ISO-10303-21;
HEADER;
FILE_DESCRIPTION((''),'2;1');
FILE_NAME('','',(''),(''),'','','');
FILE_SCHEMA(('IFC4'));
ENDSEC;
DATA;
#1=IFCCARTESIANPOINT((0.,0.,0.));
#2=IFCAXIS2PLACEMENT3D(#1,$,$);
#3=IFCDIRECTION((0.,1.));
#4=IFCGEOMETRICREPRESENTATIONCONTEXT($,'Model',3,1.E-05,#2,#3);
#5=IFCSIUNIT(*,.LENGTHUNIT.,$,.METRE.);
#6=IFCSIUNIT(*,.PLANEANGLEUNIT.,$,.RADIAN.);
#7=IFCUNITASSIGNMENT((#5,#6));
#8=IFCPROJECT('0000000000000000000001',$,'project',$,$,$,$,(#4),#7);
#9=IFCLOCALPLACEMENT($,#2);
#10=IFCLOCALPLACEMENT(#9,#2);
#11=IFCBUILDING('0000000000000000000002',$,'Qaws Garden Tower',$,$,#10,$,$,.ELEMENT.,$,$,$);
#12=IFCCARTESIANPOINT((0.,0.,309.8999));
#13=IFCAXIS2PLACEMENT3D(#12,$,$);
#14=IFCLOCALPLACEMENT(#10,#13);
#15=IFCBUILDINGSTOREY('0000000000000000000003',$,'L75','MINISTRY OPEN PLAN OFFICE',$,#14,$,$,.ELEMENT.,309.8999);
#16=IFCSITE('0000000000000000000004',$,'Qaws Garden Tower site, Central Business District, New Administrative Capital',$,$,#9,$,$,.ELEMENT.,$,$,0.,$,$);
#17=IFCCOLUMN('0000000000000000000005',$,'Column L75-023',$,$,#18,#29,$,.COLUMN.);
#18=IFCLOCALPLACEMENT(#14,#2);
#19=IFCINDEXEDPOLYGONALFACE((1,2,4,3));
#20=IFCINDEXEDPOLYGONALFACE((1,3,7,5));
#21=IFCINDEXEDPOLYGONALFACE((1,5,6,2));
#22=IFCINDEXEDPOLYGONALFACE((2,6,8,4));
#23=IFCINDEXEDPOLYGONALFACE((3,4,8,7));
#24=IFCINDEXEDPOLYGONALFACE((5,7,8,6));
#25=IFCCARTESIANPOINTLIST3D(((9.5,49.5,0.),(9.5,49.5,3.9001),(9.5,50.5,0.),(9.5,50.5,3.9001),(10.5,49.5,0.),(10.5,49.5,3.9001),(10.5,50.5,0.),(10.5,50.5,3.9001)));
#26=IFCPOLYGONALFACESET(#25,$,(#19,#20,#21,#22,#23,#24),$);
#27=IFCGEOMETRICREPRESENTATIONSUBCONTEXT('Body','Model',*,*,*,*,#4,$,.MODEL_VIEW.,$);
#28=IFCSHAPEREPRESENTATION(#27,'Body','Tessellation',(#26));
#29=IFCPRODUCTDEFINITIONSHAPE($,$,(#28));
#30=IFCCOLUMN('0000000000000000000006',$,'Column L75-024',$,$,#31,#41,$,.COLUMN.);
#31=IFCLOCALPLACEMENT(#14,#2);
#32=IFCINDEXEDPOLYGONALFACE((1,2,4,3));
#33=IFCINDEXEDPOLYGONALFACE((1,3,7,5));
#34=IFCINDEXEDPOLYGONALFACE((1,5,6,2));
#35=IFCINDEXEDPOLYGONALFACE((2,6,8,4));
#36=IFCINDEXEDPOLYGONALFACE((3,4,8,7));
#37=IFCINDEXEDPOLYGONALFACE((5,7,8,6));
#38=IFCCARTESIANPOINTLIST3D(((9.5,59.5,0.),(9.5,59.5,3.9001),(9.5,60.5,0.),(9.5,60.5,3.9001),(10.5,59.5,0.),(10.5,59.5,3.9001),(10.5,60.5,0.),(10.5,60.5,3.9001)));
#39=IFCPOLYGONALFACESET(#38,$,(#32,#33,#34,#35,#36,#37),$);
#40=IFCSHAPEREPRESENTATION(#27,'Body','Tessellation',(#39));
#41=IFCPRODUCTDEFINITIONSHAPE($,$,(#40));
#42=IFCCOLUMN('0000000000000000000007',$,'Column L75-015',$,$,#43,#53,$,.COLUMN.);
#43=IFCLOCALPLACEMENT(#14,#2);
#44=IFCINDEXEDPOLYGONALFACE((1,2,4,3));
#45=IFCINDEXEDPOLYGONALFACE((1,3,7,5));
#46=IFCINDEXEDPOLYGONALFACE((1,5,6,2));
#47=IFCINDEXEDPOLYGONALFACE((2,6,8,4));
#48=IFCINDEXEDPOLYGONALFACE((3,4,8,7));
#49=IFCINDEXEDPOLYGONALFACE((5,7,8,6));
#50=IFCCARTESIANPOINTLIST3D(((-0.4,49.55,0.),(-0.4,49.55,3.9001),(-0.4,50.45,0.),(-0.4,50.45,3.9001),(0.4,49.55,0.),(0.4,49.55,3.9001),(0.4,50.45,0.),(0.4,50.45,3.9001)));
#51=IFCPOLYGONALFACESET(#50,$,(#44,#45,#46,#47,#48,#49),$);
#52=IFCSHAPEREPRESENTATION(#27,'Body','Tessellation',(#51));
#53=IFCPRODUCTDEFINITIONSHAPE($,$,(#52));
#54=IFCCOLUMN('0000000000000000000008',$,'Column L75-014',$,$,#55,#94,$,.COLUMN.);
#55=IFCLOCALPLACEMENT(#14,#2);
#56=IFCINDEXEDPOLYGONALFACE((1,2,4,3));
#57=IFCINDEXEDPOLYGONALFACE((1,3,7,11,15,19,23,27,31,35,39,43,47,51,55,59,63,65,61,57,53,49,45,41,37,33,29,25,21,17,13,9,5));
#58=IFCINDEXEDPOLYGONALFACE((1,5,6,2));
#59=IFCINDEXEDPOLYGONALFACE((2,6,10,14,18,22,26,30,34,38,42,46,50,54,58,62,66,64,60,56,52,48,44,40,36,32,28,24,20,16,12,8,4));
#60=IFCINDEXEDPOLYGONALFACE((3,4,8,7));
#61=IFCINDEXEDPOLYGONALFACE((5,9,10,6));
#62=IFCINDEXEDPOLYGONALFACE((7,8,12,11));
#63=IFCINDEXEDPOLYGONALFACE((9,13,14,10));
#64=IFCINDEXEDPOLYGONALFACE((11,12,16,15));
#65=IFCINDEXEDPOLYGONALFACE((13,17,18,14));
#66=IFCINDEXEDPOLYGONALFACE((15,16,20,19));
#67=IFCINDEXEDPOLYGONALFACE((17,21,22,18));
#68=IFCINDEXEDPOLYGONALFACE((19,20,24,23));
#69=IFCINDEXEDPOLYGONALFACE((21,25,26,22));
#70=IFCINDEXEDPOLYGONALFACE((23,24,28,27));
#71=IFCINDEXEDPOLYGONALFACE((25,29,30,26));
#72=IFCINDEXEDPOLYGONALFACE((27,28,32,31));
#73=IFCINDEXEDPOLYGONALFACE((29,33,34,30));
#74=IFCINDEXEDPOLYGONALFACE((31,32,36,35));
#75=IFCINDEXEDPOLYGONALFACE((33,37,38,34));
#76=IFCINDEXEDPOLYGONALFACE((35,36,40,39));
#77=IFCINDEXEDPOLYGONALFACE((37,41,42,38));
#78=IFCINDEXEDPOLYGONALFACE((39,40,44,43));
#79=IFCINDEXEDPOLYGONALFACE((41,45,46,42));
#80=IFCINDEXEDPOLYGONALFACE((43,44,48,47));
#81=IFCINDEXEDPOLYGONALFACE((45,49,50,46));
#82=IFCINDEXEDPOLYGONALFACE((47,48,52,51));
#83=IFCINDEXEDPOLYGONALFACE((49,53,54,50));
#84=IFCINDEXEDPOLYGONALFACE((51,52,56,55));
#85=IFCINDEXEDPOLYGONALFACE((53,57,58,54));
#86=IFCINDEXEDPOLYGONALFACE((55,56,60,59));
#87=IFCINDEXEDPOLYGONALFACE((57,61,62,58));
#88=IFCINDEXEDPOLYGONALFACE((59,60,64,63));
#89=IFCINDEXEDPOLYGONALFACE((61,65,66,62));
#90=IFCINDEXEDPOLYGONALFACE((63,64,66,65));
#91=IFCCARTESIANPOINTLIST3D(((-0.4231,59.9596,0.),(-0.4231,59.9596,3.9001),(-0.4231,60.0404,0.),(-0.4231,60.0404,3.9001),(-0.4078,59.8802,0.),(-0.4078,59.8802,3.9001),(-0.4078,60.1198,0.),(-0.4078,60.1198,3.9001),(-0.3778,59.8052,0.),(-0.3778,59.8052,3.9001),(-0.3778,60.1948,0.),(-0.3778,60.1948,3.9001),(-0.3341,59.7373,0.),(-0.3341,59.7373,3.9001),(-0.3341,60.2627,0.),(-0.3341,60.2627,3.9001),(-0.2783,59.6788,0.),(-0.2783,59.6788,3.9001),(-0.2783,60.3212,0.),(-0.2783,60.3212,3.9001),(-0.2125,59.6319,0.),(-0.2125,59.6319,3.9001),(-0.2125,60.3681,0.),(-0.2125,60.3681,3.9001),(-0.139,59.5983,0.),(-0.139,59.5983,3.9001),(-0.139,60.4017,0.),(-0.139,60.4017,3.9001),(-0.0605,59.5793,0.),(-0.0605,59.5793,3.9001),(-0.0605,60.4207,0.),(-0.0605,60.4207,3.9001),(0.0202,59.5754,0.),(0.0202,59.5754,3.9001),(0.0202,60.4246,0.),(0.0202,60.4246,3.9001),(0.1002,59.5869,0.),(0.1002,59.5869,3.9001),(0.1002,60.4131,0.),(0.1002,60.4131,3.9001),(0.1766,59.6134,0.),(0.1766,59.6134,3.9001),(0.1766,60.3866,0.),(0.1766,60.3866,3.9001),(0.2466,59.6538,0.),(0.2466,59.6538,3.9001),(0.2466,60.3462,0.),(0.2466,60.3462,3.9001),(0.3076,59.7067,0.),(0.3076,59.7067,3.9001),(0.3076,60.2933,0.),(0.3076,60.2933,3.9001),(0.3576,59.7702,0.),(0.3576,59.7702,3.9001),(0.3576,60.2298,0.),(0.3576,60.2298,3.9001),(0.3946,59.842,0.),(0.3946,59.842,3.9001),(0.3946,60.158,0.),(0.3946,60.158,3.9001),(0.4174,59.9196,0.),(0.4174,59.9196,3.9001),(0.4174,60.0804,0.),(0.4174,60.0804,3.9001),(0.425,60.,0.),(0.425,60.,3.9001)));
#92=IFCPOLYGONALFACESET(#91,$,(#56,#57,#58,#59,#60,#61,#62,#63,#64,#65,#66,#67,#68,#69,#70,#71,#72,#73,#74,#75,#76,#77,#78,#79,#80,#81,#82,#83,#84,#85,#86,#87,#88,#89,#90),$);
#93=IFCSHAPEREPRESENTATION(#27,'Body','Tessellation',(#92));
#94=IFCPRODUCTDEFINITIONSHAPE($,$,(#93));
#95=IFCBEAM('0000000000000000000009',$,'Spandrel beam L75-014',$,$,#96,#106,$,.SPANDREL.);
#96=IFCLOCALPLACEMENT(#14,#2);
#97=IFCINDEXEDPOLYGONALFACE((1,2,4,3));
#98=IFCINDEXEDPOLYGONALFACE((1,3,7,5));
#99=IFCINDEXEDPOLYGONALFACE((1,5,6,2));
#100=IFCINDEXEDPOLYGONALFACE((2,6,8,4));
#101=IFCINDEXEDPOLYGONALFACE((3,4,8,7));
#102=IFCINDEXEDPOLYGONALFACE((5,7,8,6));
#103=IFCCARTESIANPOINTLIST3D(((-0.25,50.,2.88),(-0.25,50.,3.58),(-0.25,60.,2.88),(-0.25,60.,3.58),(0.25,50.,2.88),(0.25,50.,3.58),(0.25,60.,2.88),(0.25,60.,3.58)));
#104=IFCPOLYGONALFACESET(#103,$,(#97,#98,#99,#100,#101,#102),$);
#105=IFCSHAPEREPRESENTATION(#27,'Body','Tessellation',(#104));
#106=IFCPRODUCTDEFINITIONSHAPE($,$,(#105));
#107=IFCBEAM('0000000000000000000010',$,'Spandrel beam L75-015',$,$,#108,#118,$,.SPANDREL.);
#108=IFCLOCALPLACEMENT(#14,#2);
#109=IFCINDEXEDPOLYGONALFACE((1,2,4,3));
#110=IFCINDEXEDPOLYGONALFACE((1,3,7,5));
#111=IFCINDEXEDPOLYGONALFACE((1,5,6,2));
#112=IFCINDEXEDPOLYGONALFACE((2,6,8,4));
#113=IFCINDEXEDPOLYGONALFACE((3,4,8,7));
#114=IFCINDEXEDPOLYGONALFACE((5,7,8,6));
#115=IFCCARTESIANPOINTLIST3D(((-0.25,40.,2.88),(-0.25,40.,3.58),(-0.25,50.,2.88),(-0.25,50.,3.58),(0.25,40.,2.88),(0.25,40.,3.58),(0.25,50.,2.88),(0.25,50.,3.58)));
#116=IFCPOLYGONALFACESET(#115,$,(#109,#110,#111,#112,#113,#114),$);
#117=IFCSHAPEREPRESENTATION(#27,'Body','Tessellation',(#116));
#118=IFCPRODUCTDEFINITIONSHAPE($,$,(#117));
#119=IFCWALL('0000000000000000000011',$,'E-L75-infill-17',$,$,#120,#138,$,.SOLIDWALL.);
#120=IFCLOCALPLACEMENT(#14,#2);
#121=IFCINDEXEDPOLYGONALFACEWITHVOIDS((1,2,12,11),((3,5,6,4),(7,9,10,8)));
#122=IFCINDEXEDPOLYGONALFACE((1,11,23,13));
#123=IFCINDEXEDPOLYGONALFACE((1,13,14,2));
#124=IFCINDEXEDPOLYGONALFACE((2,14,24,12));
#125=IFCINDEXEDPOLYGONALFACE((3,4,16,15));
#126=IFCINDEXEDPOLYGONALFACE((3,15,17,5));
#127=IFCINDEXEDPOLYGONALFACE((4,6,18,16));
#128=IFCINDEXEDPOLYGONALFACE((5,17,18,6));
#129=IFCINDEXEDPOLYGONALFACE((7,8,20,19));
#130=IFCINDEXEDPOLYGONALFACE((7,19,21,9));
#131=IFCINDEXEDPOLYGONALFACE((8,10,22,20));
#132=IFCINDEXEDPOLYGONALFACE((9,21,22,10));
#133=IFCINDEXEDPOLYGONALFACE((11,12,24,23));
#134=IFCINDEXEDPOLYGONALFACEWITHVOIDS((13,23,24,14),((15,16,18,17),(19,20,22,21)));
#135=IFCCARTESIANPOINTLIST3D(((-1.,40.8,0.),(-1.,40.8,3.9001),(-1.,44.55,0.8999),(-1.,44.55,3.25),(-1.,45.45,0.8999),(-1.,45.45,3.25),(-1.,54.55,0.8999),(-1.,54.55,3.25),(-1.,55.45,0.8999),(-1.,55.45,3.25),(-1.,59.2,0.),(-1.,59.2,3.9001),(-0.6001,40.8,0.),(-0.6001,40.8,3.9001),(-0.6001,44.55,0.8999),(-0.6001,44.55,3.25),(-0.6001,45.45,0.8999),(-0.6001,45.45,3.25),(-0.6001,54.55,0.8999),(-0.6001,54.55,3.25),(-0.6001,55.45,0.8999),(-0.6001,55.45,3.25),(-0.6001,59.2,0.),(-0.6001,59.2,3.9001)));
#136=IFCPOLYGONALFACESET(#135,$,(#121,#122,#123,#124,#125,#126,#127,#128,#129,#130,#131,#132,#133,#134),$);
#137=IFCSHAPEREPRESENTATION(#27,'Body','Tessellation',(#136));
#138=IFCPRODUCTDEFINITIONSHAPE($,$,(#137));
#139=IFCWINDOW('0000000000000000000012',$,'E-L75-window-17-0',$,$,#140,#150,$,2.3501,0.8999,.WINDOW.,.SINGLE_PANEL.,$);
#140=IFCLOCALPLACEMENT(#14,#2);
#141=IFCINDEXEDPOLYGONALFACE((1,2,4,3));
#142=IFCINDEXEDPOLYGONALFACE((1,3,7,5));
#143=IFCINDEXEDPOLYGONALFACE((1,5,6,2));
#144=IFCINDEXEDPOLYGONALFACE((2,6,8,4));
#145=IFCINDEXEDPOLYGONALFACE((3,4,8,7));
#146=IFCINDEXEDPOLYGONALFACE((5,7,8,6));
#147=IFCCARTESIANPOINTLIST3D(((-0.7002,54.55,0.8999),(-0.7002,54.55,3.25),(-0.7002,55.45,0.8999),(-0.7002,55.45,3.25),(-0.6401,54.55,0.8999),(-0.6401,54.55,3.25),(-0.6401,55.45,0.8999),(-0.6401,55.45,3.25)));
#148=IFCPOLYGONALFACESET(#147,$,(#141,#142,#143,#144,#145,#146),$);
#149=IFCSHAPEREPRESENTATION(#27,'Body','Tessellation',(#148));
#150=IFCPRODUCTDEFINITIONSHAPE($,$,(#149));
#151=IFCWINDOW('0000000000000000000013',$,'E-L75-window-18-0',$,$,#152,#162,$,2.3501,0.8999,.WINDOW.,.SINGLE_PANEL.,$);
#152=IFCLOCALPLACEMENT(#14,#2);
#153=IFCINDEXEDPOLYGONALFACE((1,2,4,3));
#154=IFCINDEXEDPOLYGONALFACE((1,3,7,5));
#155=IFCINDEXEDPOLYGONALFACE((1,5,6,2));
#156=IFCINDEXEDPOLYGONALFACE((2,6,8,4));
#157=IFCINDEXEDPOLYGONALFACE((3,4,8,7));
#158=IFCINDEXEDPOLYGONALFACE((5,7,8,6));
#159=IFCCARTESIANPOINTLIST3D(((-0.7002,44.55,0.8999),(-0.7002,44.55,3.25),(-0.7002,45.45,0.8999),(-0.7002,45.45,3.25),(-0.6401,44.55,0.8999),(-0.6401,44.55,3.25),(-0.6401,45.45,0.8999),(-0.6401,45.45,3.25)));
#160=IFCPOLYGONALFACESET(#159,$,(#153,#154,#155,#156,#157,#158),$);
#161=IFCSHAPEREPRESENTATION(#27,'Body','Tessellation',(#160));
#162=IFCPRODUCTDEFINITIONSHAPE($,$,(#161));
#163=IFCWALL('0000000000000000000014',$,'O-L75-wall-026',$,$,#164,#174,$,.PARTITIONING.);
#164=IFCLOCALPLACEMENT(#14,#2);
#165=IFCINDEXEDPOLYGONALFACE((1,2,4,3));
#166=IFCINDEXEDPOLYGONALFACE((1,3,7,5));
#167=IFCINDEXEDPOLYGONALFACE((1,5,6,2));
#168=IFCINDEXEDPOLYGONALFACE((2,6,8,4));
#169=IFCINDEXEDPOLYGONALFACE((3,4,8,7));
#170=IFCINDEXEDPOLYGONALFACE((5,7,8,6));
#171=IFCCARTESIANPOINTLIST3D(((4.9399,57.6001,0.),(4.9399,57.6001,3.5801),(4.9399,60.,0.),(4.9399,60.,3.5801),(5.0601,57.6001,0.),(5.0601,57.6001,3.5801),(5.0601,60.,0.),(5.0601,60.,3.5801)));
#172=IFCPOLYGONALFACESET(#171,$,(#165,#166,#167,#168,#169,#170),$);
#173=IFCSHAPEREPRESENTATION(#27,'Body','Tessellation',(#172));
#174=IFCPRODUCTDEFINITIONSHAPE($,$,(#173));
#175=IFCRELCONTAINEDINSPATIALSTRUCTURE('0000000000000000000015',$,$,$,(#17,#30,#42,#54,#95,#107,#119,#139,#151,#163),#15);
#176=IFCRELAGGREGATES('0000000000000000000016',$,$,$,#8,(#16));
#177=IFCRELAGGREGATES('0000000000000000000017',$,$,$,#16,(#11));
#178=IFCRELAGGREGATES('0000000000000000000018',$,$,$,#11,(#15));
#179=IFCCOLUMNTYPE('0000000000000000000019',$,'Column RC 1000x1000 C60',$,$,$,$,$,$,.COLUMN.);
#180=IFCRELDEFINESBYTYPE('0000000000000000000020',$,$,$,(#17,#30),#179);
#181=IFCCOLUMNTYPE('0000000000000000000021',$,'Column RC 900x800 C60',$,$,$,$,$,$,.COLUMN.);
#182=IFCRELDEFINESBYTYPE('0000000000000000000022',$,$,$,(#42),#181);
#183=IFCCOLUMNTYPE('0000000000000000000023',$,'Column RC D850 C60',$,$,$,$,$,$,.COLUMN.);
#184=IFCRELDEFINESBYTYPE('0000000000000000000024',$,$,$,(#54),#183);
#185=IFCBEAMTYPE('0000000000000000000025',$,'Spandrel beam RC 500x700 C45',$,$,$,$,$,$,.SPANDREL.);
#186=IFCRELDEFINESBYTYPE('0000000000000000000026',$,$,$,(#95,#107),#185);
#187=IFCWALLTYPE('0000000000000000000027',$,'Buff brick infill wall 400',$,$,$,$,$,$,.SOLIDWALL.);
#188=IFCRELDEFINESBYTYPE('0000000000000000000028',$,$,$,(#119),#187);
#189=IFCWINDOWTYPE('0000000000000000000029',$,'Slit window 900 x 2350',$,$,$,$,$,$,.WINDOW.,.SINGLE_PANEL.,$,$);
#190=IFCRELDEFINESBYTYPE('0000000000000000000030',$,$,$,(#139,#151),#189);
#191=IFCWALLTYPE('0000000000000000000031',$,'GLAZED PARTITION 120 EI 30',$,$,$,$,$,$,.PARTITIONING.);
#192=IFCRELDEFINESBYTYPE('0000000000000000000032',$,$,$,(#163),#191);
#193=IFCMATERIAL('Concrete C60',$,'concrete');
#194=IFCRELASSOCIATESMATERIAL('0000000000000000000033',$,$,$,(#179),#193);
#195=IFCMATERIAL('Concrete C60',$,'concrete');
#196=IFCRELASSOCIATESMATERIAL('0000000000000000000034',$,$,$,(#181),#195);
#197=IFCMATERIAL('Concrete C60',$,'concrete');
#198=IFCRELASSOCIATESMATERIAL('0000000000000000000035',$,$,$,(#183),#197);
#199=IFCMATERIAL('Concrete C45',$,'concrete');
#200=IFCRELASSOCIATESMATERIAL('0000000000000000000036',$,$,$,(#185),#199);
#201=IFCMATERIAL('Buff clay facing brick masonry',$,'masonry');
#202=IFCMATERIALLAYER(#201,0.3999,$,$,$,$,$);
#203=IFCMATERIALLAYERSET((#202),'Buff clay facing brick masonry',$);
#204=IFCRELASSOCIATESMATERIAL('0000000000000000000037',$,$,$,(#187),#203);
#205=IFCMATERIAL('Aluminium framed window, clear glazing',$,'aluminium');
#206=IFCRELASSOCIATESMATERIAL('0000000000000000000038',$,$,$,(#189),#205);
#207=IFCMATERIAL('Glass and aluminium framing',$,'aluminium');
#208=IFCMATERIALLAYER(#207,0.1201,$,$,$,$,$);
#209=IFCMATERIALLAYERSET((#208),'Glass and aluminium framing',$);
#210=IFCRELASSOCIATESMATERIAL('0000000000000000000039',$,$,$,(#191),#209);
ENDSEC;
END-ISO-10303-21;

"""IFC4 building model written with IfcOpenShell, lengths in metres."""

from ifc_helpers import new_model, si_unit, direction, frame, frame_2d, origin, origin_2d, place, context, subcontext, project, spatial, rectangle, circle, extrude, material, layer, layer_set, material_profile, profile_set, type_object, element, fill, save


model = new_model("IFC4")

# Units and contexts
model_context = context("Model", 3, precision=1e-05, world=origin(), true_north=direction((0.0, 1.0)))
body_context = subcontext(model_context, "Body", "Model", "MODEL_VIEW")
ifc_project = project(units=[si_unit("LENGTHUNIT", "METRE"), si_unit("PLANEANGLEUNIT", "RADIAN")], contexts=[model_context])

# Site, building, storey
site_placement = place(None, origin())
site = spatial("IfcSite", under=ifc_project, at=site_placement, Name="Qaws Garden Tower site, Central Business District, New Administrative Capital", CompositionType="ELEMENT", RefElevation=0.0)
building_placement = place(site_placement, origin())
building = spatial("IfcBuilding", under=site, at=building_placement, Name="Qaws Garden Tower", CompositionType="ELEMENT")
storey_placement = place(building_placement, frame((0.0, 0.0, 309.8999)))
storey = spatial("IfcBuildingStorey", under=building, at=storey_placement, Name="L75", Description="MINISTRY OPEN PLAN OFFICE", CompositionType="ELEMENT", Elevation=309.8999)

# Columns
ifc_material_1 = material(Name="Concrete C60", Category="concrete")
ifc_material_profile_1 = material_profile(ifc_material_1, rectangle(XDim=1.0, YDim=1.0, at=origin_2d()), Name="RC 1000x1000")
ifc_profile_set_1 = profile_set([ifc_material_profile_1], Name="Concrete C60")
column_type_1 = type_object("IfcColumnType", Name="Column RC 1000x1000 C60", PredefinedType="COLUMN", material=ifc_profile_set_1)
for number, where, z_axis, x_axis, name in (
    (1, (10.0, 50.0, 0.0), (0.0, 0.0, 1.0), (1.0, 0.0, 0.0), "Column L75-023"),
    (2, (10.0, 60.0, 0.0), (0.0, 0.0, 1.0), (1.0, 0.0, 0.0), "Column L75-024"),
):
    element("IfcColumn", number, at=place(storey_placement, frame(where, z_axis=z_axis, x_axis=x_axis)), inside=storey, type_object=column_type_1, Name=name, PredefinedType="COLUMN", context=body_context, shape_type="SweptSolid", body=[
        extrude(rectangle(XDim=1.0, YDim=1.0, at=origin_2d()), origin(), (0.0, 0.0, 1.0), 3.9001),
    ])
ifc_material_2 = material(Name="Concrete C60", Category="concrete")
ifc_material_profile_2 = material_profile(ifc_material_2, rectangle(XDim=0.8999, YDim=0.8, at=origin_2d()), Name="RC 900x800")
ifc_profile_set_2 = profile_set([ifc_material_profile_2], Name="Concrete C60")
column_type_2 = type_object("IfcColumnType", Name="Column RC 900x800 C60", PredefinedType="COLUMN", material=ifc_profile_set_2)
column_1_placement = place(storey_placement, frame((0.0, 50.0, 0.0), z_axis=(0.0, 0.0, 1.0), x_axis=(0.0, 1.0, 0.0)))
element("IfcColumn", 3, at=column_1_placement, inside=storey, type_object=column_type_2, Name="Column L75-015", PredefinedType="COLUMN", context=body_context, shape_type="SweptSolid", body=[
    extrude(rectangle(XDim=0.8999, YDim=0.8, at=origin_2d()), origin(), (0.0, 0.0, 1.0), 3.9001),
])
ifc_material_3 = material(Name="Concrete C60", Category="concrete")
ifc_material_profile_3 = material_profile(ifc_material_3, circle(Radius=0.425, at=origin_2d()), Name="RC D850")
ifc_profile_set_3 = profile_set([ifc_material_profile_3], Name="Concrete C60")
column_type_3 = type_object("IfcColumnType", Name="Column RC D850 C60", PredefinedType="COLUMN", material=ifc_profile_set_3)
column_2_placement = place(storey_placement, frame((0.0, 60.0, 0.0), z_axis=(0.0, 0.0, 1.0), x_axis=(1.0, 0.0, 0.0)))
element("IfcColumn", 4, at=column_2_placement, inside=storey, type_object=column_type_3, Name="Column L75-014", PredefinedType="COLUMN", context=body_context, shape_type="SweptSolid", body=[
    extrude(circle(Radius=0.425, at=origin_2d()), origin(), (0.0, 0.0, 1.0), 3.9001),
])

# Beams
ifc_material_4 = material(Name="Concrete C45", Category="concrete")
ifc_material_profile_4 = material_profile(ifc_material_4, rectangle(XDim=0.5, YDim=0.7, at=origin_2d()), Name="RC 500x700")
ifc_profile_set_4 = profile_set([ifc_material_profile_4], Name="Concrete C45")
beam_type = type_object("IfcBeamType", Name="Spandrel beam RC 500x700 C45", PredefinedType="SPANDREL", material=ifc_profile_set_4)
for number, where, z_axis, x_axis, name in (
    (5, (0.0, 60.0, 3.23), (0.0, -1.0, 0.0), (1.0, 0.0, 0.0), "Spandrel beam L75-014"),
    (6, (0.0, 50.0, 3.23), (0.0, -1.0, 0.0), (1.0, 0.0, 0.0), "Spandrel beam L75-015"),
):
    element("IfcBeam", number, at=place(storey_placement, frame(where, z_axis=z_axis, x_axis=x_axis)), inside=storey, type_object=beam_type, Name=name, PredefinedType="SPANDREL", context=body_context, shape_type="SweptSolid", body=[
        extrude(rectangle(XDim=0.5, YDim=0.7, at=origin_2d()), origin(), (0.0, 0.0, 1.0), 10.0),
    ])

# Wall, openings, windows
ifc_material_5 = material(Name="Buff clay facing brick masonry", Category="masonry")
ifc_layer_1 = layer(ifc_material_5, 0.3999)
ifc_layer_set_1 = layer_set([ifc_layer_1], Name="Buff clay facing brick masonry")
wall_type_1 = type_object("IfcWallType", Name="Buff brick infill wall 400", PredefinedType="SOLIDWALL", material=ifc_layer_set_1)
wall_1_placement = place(storey_placement, frame((-0.8, 59.2, 0.0), z_axis=(0.0, 0.0, 1.0), x_axis=(0.0, -1.0, 0.0)))
wall_1 = element("IfcWall", 7, at=wall_1_placement, inside=storey, type_object=wall_type_1, Name="E-L75-infill-17", PredefinedType="SOLIDWALL", context=body_context, shape_type="SweptSolid", body=[
    extrude(rectangle(XDim=18.3999, YDim=0.3999, at=frame_2d((9.2, 0.0))), origin(), (0.0, 0.0, 1.0), 3.9001),
])
opening_1_placement = place(wall_1_placement, frame((3.75, 0.0, 0.8999)))
opening_1 = element("IfcOpeningElement", 8, at=opening_1_placement, cuts=wall_1, PredefinedType="OPENING", context=body_context, shape_type="SweptSolid", body=[
    extrude(rectangle(XDim=0.8999, YDim=2.3501, at=frame_2d((0.45, 1.175))), frame((0.0, 0.21, 0.0), z_axis=(0.0, -1.0, 0.0), x_axis=(1.0, 0.0, 0.0)), (0.0, 0.0, 1.0), 0.4199),
])
opening_2_placement = place(wall_1_placement, frame((13.75, 0.0, 0.8999)))
opening_2 = element("IfcOpeningElement", 9, at=opening_2_placement, cuts=wall_1, PredefinedType="OPENING", context=body_context, shape_type="SweptSolid", body=[
    extrude(rectangle(XDim=0.8999, YDim=2.3501, at=frame_2d((0.45, 1.175))), frame((0.0, 0.21, 0.0), z_axis=(0.0, -1.0, 0.0), x_axis=(1.0, 0.0, 0.0)), (0.0, 0.0, 1.0), 0.4199),
])
ifc_material_6 = material(Name="Aluminium framed window, clear glazing", Category="aluminium")
window_type = type_object("IfcWindowType", Name="Slit window 900 x 2350", PartitioningType="SINGLE_PANEL", PredefinedType="WINDOW", material=ifc_material_6)
window_1_placement = place(opening_1_placement, origin())
window_1 = element("IfcWindow", 10, at=window_1_placement, inside=storey, type_object=window_type, Name="E-L75-window-17-0", OverallHeight=2.3501, OverallWidth=0.8999, PartitioningType="SINGLE_PANEL", PredefinedType="WINDOW", context=body_context, shape_type="SweptSolid", body=[
    extrude(rectangle(XDim=0.8999, YDim=2.3501, at=frame_2d((0.45, 1.175))), frame((0.0, 0.1599, 0.0), z_axis=(0.0, -1.0, 0.0), x_axis=(1.0, 0.0, 0.0)), (0.0, 0.0, 1.0), 0.0601),
])
fill(opening_1, window_1)
window_2_placement = place(opening_2_placement, origin())
window_2 = element("IfcWindow", 11, at=window_2_placement, inside=storey, type_object=window_type, Name="E-L75-window-18-0", OverallHeight=2.3501, OverallWidth=0.8999, PartitioningType="SINGLE_PANEL", PredefinedType="WINDOW", context=body_context, shape_type="SweptSolid", body=[
    extrude(rectangle(XDim=0.8999, YDim=2.3501, at=frame_2d((0.45, 1.175))), frame((0.0, 0.1599, 0.0), z_axis=(0.0, -1.0, 0.0), x_axis=(1.0, 0.0, 0.0)), (0.0, 0.0, 1.0), 0.0601),
])
fill(opening_2, window_2)

# Wall
ifc_material_7 = material(Name="Glass and aluminium framing", Category="aluminium")
ifc_layer_2 = layer(ifc_material_7, 0.1201)
ifc_layer_set_2 = layer_set([ifc_layer_2], Name="Glass and aluminium framing")
wall_type_2 = type_object("IfcWallType", Name="GLAZED PARTITION 120 EI 30", PredefinedType="PARTITIONING", material=ifc_layer_set_2)
wall_2_placement = place(storey_placement, frame((5.0, 57.6001, 0.0), z_axis=(0.0, 0.0, 1.0), x_axis=(0.0, 1.0, 0.0)))
element("IfcWall", 12, at=wall_2_placement, inside=storey, type_object=wall_type_2, Name="O-L75-wall-026", PredefinedType="PARTITIONING", context=body_context, shape_type="SweptSolid", body=[
    extrude(rectangle(XDim=2.3999, YDim=0.1201, at=frame_2d((1.2, 0.0))), origin(), (0.0, 0.0, 1.0), 3.5801),
])

save(model, "model.ifc")
